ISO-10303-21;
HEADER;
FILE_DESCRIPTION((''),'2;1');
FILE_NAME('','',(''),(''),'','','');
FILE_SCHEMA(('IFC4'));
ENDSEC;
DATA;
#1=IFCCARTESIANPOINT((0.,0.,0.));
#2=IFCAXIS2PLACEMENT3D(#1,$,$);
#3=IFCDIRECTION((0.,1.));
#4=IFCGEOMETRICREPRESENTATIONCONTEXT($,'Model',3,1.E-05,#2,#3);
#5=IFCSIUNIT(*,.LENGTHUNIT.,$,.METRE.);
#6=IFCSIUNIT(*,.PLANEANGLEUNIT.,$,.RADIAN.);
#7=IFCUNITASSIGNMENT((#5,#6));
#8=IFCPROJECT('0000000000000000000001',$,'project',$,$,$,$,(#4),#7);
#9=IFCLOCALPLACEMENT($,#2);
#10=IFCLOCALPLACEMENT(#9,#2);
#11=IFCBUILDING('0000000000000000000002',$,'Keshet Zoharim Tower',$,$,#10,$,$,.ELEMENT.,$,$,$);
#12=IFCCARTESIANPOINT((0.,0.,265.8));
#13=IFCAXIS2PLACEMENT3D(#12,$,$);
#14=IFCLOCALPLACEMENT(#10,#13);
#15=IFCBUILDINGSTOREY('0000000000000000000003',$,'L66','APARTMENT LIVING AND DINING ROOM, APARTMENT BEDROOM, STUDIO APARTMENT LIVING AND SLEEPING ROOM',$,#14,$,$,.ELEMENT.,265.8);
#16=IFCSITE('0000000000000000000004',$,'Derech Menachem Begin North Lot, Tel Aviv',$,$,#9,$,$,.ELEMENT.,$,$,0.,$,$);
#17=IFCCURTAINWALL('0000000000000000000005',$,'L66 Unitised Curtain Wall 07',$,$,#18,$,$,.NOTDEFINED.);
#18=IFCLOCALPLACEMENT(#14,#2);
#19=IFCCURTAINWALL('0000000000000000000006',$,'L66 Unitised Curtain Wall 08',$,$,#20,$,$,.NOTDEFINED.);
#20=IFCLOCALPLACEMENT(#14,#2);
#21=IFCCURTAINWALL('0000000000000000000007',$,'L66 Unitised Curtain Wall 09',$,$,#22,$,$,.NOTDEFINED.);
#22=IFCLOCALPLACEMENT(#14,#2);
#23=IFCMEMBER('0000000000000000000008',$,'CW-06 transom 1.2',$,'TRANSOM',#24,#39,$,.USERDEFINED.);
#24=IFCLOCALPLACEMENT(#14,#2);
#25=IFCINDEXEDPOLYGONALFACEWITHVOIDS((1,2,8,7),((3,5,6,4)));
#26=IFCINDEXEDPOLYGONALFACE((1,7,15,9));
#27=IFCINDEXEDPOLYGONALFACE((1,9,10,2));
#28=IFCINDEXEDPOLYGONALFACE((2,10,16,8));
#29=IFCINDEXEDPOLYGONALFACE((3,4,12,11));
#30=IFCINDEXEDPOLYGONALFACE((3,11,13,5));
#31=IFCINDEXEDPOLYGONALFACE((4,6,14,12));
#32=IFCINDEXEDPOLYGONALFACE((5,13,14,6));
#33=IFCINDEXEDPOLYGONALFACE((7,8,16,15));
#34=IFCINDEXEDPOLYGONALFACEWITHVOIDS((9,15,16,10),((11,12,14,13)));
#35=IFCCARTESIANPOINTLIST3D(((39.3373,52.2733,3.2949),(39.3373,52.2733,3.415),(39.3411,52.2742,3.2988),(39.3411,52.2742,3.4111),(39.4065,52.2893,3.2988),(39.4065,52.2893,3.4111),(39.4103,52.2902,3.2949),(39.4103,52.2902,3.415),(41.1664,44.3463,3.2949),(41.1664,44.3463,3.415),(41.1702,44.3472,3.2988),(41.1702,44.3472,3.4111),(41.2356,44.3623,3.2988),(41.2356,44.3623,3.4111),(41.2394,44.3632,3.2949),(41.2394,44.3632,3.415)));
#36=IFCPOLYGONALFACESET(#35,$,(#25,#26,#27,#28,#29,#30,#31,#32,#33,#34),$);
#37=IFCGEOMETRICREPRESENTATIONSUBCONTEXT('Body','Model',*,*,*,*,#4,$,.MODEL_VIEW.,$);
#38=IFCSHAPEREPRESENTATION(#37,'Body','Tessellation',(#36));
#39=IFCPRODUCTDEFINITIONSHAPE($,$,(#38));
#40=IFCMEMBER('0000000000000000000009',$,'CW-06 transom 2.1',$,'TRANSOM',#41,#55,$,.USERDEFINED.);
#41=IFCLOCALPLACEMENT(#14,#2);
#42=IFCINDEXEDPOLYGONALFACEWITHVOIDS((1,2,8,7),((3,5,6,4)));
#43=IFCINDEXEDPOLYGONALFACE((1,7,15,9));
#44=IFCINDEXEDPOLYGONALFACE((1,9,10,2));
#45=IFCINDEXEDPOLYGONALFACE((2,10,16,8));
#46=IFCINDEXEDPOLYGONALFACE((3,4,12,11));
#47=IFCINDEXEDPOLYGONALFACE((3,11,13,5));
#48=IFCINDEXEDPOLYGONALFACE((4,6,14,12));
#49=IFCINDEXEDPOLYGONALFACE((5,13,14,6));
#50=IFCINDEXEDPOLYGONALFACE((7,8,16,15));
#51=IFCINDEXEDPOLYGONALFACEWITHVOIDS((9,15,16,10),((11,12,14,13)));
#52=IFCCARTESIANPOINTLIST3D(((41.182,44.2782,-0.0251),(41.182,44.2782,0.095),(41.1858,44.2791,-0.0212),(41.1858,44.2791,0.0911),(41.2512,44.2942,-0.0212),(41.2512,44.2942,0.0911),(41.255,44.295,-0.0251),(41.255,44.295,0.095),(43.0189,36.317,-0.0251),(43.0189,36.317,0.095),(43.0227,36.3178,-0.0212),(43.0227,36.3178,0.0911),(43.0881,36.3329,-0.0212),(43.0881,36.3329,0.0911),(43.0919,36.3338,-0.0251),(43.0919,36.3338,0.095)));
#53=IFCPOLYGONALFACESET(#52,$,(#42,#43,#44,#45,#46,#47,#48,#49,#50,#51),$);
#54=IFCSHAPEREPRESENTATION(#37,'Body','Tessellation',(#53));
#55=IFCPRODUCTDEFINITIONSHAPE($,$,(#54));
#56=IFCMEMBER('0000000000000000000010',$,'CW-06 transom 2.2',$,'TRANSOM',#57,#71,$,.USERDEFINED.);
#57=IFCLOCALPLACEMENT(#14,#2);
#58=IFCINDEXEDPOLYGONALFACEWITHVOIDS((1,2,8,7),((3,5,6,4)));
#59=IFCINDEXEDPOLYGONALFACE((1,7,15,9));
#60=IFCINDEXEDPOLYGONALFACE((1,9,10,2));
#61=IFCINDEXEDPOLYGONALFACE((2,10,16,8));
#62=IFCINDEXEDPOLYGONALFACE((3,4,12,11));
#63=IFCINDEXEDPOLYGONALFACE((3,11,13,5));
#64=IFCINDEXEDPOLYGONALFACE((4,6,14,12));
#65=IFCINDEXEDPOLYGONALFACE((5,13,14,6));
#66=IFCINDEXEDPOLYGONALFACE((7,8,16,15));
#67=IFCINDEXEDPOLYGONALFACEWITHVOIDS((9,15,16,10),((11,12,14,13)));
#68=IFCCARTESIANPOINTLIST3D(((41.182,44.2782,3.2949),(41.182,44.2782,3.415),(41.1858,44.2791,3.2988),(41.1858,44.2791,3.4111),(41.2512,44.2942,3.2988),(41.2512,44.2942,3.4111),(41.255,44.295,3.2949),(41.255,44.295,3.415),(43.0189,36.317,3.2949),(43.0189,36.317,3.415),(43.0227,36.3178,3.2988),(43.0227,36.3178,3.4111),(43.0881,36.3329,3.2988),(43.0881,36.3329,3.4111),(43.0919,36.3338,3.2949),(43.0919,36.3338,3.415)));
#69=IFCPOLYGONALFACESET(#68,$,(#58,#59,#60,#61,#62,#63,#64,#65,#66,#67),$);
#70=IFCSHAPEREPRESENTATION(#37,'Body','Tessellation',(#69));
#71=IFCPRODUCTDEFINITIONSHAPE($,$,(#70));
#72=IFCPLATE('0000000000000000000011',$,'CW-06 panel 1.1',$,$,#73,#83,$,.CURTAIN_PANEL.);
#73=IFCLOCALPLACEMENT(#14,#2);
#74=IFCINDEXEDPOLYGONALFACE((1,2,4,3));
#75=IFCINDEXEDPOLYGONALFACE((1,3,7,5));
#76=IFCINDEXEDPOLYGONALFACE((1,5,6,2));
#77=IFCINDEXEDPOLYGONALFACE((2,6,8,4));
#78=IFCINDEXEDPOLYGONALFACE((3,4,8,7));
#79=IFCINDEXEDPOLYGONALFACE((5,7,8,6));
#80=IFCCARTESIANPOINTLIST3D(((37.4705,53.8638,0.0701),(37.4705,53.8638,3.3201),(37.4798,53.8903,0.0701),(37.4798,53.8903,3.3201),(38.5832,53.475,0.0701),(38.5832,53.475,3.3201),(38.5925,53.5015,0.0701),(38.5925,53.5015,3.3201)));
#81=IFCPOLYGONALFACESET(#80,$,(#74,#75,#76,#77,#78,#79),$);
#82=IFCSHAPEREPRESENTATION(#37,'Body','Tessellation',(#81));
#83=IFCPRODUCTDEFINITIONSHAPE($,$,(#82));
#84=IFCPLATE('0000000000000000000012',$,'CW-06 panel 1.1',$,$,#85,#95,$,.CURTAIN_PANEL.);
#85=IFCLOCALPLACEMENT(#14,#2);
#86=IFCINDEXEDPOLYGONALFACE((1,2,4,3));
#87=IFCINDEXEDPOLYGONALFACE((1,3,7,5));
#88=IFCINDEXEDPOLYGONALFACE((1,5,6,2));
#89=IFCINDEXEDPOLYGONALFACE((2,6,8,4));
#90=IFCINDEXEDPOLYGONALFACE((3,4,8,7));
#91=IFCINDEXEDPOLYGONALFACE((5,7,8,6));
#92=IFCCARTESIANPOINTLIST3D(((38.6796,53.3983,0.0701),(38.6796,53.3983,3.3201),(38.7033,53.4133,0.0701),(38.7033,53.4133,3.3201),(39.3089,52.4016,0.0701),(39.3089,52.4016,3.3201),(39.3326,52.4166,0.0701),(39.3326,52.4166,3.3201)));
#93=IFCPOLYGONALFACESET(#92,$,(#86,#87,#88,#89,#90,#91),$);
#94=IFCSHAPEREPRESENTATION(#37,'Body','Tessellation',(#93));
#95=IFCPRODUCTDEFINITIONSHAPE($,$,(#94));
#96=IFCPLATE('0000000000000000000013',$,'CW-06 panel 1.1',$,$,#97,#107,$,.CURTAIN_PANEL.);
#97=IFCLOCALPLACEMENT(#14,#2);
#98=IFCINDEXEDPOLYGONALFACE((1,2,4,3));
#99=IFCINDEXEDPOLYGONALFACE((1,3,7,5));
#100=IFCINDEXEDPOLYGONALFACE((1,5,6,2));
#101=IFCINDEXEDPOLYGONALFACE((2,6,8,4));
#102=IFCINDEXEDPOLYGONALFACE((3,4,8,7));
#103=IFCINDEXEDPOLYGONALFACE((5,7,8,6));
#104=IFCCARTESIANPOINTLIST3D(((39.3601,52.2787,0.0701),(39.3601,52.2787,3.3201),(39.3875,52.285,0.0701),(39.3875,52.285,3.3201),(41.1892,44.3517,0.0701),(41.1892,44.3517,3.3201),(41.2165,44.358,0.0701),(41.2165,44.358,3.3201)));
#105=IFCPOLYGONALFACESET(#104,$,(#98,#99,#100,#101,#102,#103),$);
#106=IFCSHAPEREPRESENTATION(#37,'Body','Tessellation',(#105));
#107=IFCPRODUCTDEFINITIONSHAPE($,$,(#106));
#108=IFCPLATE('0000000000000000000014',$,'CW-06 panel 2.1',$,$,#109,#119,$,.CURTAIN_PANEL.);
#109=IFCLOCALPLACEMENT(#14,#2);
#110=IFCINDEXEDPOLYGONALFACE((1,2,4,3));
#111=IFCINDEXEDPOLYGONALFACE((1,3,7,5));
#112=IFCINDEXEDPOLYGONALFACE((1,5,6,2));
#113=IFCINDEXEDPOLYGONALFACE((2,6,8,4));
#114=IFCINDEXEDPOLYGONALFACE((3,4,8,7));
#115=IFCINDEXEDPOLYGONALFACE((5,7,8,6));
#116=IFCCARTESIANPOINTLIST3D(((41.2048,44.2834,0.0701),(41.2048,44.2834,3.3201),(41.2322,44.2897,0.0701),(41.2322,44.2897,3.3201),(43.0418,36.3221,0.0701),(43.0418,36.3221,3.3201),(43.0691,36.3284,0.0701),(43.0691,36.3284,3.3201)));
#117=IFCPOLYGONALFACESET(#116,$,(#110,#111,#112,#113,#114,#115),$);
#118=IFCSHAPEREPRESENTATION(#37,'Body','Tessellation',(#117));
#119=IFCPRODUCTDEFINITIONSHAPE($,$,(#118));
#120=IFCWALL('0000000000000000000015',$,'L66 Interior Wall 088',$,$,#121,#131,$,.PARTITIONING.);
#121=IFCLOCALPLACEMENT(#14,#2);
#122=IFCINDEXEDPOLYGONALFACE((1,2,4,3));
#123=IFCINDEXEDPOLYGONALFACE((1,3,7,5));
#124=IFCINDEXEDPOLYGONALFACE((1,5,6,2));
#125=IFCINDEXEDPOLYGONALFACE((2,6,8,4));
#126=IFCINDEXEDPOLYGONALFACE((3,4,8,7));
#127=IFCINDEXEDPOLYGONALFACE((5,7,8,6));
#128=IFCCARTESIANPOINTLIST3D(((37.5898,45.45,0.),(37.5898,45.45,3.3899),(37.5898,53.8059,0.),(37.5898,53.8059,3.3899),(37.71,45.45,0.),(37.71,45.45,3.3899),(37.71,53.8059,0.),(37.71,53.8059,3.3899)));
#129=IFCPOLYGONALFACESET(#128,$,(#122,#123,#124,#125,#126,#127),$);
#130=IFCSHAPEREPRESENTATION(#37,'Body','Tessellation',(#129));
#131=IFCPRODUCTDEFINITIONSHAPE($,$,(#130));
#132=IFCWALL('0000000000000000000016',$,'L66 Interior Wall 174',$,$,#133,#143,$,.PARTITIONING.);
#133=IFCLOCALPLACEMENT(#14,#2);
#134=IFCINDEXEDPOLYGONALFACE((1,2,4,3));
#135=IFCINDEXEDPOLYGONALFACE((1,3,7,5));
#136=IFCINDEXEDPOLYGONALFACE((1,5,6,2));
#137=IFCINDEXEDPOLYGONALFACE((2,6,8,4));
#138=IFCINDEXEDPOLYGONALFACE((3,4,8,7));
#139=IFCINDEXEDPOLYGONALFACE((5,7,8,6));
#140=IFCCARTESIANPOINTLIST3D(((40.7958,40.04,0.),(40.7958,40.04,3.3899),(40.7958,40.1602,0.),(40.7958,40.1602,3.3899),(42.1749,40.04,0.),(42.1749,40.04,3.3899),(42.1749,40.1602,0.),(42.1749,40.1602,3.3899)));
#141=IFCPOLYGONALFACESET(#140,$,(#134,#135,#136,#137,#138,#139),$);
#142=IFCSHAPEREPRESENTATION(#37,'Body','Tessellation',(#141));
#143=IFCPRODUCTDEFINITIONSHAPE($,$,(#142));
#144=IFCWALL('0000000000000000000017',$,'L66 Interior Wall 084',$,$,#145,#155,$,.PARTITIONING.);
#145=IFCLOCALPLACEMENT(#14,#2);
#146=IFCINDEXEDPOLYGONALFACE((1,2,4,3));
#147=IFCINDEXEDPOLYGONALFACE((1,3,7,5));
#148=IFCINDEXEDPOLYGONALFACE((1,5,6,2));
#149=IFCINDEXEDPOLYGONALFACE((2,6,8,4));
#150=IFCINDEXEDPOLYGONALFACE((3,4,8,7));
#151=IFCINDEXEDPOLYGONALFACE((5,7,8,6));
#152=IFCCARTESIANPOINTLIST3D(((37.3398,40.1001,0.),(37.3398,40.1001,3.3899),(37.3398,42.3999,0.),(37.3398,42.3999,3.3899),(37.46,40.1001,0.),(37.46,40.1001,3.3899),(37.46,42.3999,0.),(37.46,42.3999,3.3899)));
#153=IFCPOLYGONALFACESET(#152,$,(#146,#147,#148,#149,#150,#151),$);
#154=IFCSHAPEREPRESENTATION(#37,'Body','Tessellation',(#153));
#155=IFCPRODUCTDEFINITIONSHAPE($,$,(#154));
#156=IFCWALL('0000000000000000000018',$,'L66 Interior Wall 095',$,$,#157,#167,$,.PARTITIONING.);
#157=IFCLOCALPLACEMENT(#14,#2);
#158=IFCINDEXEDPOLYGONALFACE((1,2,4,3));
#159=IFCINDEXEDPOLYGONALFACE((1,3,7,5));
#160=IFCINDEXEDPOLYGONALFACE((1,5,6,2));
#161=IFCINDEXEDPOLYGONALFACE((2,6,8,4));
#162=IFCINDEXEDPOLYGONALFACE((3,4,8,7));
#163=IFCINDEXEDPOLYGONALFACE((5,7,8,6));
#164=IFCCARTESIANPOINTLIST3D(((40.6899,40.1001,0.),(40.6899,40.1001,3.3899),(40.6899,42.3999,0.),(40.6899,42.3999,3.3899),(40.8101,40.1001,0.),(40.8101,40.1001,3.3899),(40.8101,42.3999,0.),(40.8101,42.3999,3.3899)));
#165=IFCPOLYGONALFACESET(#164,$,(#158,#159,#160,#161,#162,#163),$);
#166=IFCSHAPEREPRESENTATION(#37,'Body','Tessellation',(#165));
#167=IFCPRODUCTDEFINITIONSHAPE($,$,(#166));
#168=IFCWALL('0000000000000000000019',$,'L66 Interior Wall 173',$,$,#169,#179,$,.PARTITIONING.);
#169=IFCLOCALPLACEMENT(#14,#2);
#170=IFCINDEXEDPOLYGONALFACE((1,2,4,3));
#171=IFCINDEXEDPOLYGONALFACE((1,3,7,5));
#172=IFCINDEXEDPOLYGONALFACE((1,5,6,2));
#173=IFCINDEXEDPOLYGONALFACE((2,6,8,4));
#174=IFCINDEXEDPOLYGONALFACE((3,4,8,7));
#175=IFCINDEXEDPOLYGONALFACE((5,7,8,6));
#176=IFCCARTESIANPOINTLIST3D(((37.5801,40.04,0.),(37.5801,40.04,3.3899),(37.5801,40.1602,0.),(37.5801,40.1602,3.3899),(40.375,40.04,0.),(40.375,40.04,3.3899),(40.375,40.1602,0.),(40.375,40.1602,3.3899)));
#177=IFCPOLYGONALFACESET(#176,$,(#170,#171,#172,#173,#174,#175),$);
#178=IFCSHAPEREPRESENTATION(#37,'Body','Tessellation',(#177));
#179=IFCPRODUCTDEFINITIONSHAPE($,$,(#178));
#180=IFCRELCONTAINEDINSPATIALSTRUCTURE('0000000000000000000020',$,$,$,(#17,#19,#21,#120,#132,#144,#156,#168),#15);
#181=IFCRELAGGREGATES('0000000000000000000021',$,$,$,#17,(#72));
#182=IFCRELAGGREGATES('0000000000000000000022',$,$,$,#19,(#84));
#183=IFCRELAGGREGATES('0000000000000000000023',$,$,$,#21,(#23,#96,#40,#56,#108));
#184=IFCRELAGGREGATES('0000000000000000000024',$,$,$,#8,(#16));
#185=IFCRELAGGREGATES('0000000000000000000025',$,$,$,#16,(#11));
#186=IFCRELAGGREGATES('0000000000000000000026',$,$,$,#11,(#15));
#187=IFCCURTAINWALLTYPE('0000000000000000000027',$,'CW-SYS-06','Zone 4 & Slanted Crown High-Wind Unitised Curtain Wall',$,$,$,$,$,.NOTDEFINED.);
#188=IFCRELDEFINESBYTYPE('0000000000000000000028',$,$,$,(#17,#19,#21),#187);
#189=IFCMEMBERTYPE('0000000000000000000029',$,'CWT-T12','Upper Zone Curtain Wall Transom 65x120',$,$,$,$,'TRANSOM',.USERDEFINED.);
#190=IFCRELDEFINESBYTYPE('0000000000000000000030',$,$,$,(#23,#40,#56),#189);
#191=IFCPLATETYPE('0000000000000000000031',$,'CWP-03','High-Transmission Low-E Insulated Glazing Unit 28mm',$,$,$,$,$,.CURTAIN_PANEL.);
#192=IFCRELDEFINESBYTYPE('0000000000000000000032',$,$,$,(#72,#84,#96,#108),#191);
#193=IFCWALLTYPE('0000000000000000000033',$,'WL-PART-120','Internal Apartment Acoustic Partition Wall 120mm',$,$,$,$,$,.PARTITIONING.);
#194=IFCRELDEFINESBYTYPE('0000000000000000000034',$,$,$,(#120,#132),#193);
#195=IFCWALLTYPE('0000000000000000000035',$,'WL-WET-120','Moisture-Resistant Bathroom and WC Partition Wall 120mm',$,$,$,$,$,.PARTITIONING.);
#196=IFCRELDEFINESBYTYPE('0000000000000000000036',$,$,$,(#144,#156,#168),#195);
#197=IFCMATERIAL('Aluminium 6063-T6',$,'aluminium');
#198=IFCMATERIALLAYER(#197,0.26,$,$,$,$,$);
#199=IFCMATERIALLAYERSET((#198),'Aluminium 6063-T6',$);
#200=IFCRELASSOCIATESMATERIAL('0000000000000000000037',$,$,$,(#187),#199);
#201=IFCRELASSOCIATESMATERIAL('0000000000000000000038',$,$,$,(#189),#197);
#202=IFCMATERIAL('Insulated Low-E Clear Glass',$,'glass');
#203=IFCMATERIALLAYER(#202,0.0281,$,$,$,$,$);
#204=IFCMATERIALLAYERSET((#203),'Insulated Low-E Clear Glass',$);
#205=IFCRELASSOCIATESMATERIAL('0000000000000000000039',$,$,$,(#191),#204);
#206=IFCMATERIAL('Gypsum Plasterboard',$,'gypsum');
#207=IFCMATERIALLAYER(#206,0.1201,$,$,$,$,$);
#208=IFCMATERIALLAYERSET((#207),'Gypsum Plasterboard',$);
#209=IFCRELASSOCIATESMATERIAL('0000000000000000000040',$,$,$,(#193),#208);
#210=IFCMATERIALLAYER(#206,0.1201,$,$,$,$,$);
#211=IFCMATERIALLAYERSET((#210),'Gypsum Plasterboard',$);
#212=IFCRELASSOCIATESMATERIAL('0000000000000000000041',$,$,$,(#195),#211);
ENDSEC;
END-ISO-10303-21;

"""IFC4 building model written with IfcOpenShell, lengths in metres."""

from ifc_helpers import new_model, si_unit, direction, frame, frame_2d, origin, origin_2d, place, context, subcontext, project, spatial, rectangle, hollow_rectangle, extrude, material, layer, layer_set, material_profile, profile_set, type_object, element, aggregate, save


model = new_model("IFC4")

# Units and contexts
model_context = context("Model", 3, precision=1e-05, world=origin(), true_north=direction((0.0, 1.0)))
body_context = subcontext(model_context, "Body", "Model", "MODEL_VIEW")
ifc_project = project(units=[si_unit("LENGTHUNIT", "METRE"), si_unit("PLANEANGLEUNIT", "RADIAN")], contexts=[model_context])

# Site, building, storey
site_placement = place(None, origin())
site = spatial("IfcSite", under=ifc_project, at=site_placement, Name="Derech Menachem Begin North Lot, Tel Aviv", CompositionType="ELEMENT", RefElevation=0.0)
building_placement = place(site_placement, origin())
building = spatial("IfcBuilding", under=site, at=building_placement, Name="Keshet Zoharim Tower", CompositionType="ELEMENT")
storey_placement = place(building_placement, frame((0.0, 0.0, 265.8)))
storey = spatial("IfcBuildingStorey", under=building, at=storey_placement, Name="L66", Description="APARTMENT LIVING AND DINING ROOM, APARTMENT BEDROOM, STUDIO APARTMENT LIVING AND SLEEPING ROOM", CompositionType="ELEMENT", Elevation=265.8)

# Curtain walls
ifc_material_1 = material(Name="Aluminium 6063-T6", Category="aluminium")
ifc_layer_1 = layer(ifc_material_1, 0.26)
ifc_layer_set_1 = layer_set([ifc_layer_1], Name="Aluminium 6063-T6")
curtain_wall_type = type_object("IfcCurtainWallType", Name="CW-SYS-06", Description="Zone 4 & Slanted Crown High-Wind Unitised Curtain Wall", PredefinedType="NOTDEFINED", material=ifc_layer_set_1)
curtain_wall_1_placement = place(storey_placement, origin())
curtain_wall_1 = element("IfcCurtainWall", 1, at=curtain_wall_1_placement, inside=storey, type_object=curtain_wall_type, Name="L66 Unitised Curtain Wall 07", PredefinedType="NOTDEFINED")
curtain_wall_2_placement = place(storey_placement, origin())
curtain_wall_2 = element("IfcCurtainWall", 2, at=curtain_wall_2_placement, inside=storey, type_object=curtain_wall_type, Name="L66 Unitised Curtain Wall 08", PredefinedType="NOTDEFINED")
curtain_wall_3_placement = place(storey_placement, origin())
curtain_wall_3 = element("IfcCurtainWall", 3, at=curtain_wall_3_placement, inside=storey, type_object=curtain_wall_type, Name="L66 Unitised Curtain Wall 09", PredefinedType="NOTDEFINED")

# Members
ifc_material_profile_1 = material_profile(ifc_material_1, hollow_rectangle(XDim=0.075, YDim=0.1201, WallThickness=0.0039, at=origin_2d()), Name="TRN-75x120")
ifc_profile_set_1 = profile_set([ifc_material_profile_1], Name="Aluminium 6063-T6")
member_type_1 = type_object("IfcMemberType", Name="CWT-T12", Description="Upper Zone Curtain Wall Transom 65x120", ElementType="TRANSOM", PredefinedType="USERDEFINED", material=ifc_profile_set_1)
member_1_placement = place(storey_placement, frame((39.3738, 52.2817, 3.355), z_axis=(0.224835, -0.974397, 0.0), x_axis=(0.974397, 0.224835, 0.0)))
member_1 = element("IfcMember", 4, at=member_1_placement, type_object=member_type_1, Name="CW-06 transom 1.2", ObjectType="TRANSOM", PredefinedType="USERDEFINED", context=body_context, shape_type="SweptSolid", body=[
    extrude(hollow_rectangle(XDim=0.075, YDim=0.1201, WallThickness=0.0039, at=origin_2d()), origin(), (0.0, 0.0, 1.0), 8.1353),
])
member_2_placement = place(storey_placement, frame((41.2185, 44.2866, 0.0349), z_axis=(0.224827, -0.974399, 0.0), x_axis=(0.974399, 0.224827, 0.0)))
member_2 = element("IfcMember", 5, at=member_2_placement, type_object=member_type_1, Name="CW-06 transom 2.1", ObjectType="TRANSOM", PredefinedType="USERDEFINED", context=body_context, shape_type="SweptSolid", body=[
    extrude(hollow_rectangle(XDim=0.075, YDim=0.1201, WallThickness=0.0039, at=origin_2d()), origin(), (0.0, 0.0, 1.0), 8.1704),
])
member_3_placement = place(storey_placement, frame((41.2185, 44.2866, 3.355), z_axis=(0.224827, -0.974399, 0.0), x_axis=(0.974399, 0.224827, 0.0)))
member_3 = element("IfcMember", 6, at=member_3_placement, type_object=member_type_1, Name="CW-06 transom 2.2", ObjectType="TRANSOM", PredefinedType="USERDEFINED", context=body_context, shape_type="SweptSolid", body=[
    extrude(hollow_rectangle(XDim=0.075, YDim=0.1201, WallThickness=0.0039, at=origin_2d()), origin(), (0.0, 0.0, 1.0), 8.1704),
])

# Plates
ifc_material_2 = material(Name="Insulated Low-E Clear Glass", Category="glass")
ifc_layer_2 = layer(ifc_material_2, 0.0281)
ifc_layer_set_2 = layer_set([ifc_layer_2], Name="Insulated Low-E Clear Glass")
plate_type = type_object("IfcPlateType", Name="CWP-03", Description="High-Transmission Low-E Insulated Glazing Unit 28mm", PredefinedType="CURTAIN_PANEL", material=ifc_layer_set_2)
plate_1_placement = place(storey_placement, frame((38.0315, 53.6826, 0.0701), z_axis=(0.0, 0.0, 1.0), x_axis=(0.944036, -0.329844, 0.0)))
plate_1 = element("IfcPlate", 7, at=plate_1_placement, type_object=plate_type, Name="CW-06 panel 1.1", PredefinedType="CURTAIN_PANEL", context=body_context, shape_type="SweptSolid", body=[
    extrude(rectangle(XDim=1.1787, YDim=0.0281, at=origin_2d()), origin(), (0.0, 0.0, 1.0), 3.25),
])
aggregate(curtain_wall_1, [plate_1])
plate_2_placement = place(storey_placement, frame((39.0061, 52.9075, 0.0701), z_axis=(0.0, 0.0, 1.0), x_axis=(0.533879, -0.845561, 0.0)))
plate_2 = element("IfcPlate", 8, at=plate_2_placement, type_object=plate_type, Name="CW-06 panel 1.1", PredefinedType="CURTAIN_PANEL", context=body_context, shape_type="SweptSolid", body=[
    extrude(rectangle(XDim=1.1787, YDim=0.0281, at=origin_2d()), origin(), (0.0, 0.0, 1.0), 3.25),
])
aggregate(curtain_wall_2, [plate_2])
plate_3_placement = place(storey_placement, frame((40.2883, 48.3184, 0.0701), z_axis=(0.0, 0.0, 1.0), x_axis=(0.22483, -0.974398, 0.0)))
plate_3 = element("IfcPlate", 9, at=plate_3_placement, type_object=plate_type, Name="CW-06 panel 1.1", PredefinedType="CURTAIN_PANEL", context=body_context, shape_type="SweptSolid", body=[
    extrude(rectangle(XDim=8.1353, YDim=0.0281, at=origin_2d()), origin(), (0.0, 0.0, 1.0), 3.25),
])
plate_4_placement = place(storey_placement, frame((42.137, 40.3059, 0.0701), z_axis=(0.0, 0.0, 1.0), x_axis=(0.22483, -0.974398, 0.0)))
plate_4 = element("IfcPlate", 10, at=plate_4_placement, type_object=plate_type, Name="CW-06 panel 2.1", PredefinedType="CURTAIN_PANEL", context=body_context, shape_type="SweptSolid", body=[
    extrude(rectangle(XDim=8.1704, YDim=0.0281, at=origin_2d()), origin(), (0.0, 0.0, 1.0), 3.25),
])
aggregate(curtain_wall_3, [member_1, plate_3, member_2, member_3, plate_4])

# Walls
ifc_material_3 = material(Name="Gypsum Plasterboard", Category="gypsum")
ifc_layer_3 = layer(ifc_material_3, 0.1201)
ifc_layer_set_3 = layer_set([ifc_layer_3], Name="Gypsum Plasterboard")
wall_type_1 = type_object("IfcWallType", Name="WL-PART-120", Description="Internal Apartment Acoustic Partition Wall 120mm", PredefinedType="PARTITIONING", material=ifc_layer_set_3)
wall_1_placement = place(storey_placement, frame((37.6499, 45.45, 0.0), z_axis=(0.0, 0.0, 1.0), x_axis=(0.0, 1.0, 0.0)))
element("IfcWall", 11, at=wall_1_placement, inside=storey, type_object=wall_type_1, Name="L66 Interior Wall 088", PredefinedType="PARTITIONING", context=body_context, shape_type="SweptSolid", body=[
    extrude(rectangle(XDim=8.356, YDim=0.1201, at=frame_2d((4.178, 0.0))), origin(), (0.0, 0.0, 1.0), 3.3899),
])
wall_2_placement = place(storey_placement, frame((40.7959, 40.1001, 0.0), z_axis=(0.0, 0.0, 1.0), x_axis=(1.0, 0.0, 0.0)))
element("IfcWall", 12, at=wall_2_placement, inside=storey, type_object=wall_type_1, Name="L66 Interior Wall 174", PredefinedType="PARTITIONING", context=body_context, shape_type="SweptSolid", body=[
    extrude(rectangle(XDim=1.3792, YDim=0.1201, at=frame_2d((0.6895, 0.0))), origin(), (0.0, 0.0, 1.0), 3.3899),
])
ifc_layer_4 = layer(ifc_material_3, 0.1201)
ifc_layer_set_4 = layer_set([ifc_layer_4], Name="Gypsum Plasterboard")
wall_type_2 = type_object("IfcWallType", Name="WL-WET-120", Description="Moisture-Resistant Bathroom and WC Partition Wall 120mm", PredefinedType="PARTITIONING", material=ifc_layer_set_4)
for number, where, z_axis, x_axis, name in (
    (13, (37.3999, 40.1001, 0.0), (0.0, 0.0, 1.0), (0.0, 1.0, 0.0), "L66 Interior Wall 084"),
    (14, (40.75, 40.1001, 0.0), (0.0, 0.0, 1.0), (0.0, 1.0, 0.0), "L66 Interior Wall 095"),
):
    element("IfcWall", number, at=place(storey_placement, frame(where, z_axis=z_axis, x_axis=x_axis)), inside=storey, type_object=wall_type_2, Name=name, PredefinedType="PARTITIONING", context=body_context, shape_type="SweptSolid", body=[
        extrude(rectangle(XDim=2.2998, YDim=0.1201, at=frame_2d((1.1499, 0.0))), origin(), (0.0, 0.0, 1.0), 3.3899),
    ])
wall_3_placement = place(storey_placement, frame((37.5801, 40.1001, 0.0), z_axis=(0.0, 0.0, 1.0), x_axis=(1.0, 0.0, 0.0)))
element("IfcWall", 15, at=wall_3_placement, inside=storey, type_object=wall_type_2, Name="L66 Interior Wall 173", PredefinedType="PARTITIONING", context=body_context, shape_type="SweptSolid", body=[
    extrude(rectangle(XDim=2.7949, YDim=0.1201, at=frame_2d((1.3975, 0.0))), origin(), (0.0, 0.0, 1.0), 3.3899),
])

save(model, "model.ifc")
